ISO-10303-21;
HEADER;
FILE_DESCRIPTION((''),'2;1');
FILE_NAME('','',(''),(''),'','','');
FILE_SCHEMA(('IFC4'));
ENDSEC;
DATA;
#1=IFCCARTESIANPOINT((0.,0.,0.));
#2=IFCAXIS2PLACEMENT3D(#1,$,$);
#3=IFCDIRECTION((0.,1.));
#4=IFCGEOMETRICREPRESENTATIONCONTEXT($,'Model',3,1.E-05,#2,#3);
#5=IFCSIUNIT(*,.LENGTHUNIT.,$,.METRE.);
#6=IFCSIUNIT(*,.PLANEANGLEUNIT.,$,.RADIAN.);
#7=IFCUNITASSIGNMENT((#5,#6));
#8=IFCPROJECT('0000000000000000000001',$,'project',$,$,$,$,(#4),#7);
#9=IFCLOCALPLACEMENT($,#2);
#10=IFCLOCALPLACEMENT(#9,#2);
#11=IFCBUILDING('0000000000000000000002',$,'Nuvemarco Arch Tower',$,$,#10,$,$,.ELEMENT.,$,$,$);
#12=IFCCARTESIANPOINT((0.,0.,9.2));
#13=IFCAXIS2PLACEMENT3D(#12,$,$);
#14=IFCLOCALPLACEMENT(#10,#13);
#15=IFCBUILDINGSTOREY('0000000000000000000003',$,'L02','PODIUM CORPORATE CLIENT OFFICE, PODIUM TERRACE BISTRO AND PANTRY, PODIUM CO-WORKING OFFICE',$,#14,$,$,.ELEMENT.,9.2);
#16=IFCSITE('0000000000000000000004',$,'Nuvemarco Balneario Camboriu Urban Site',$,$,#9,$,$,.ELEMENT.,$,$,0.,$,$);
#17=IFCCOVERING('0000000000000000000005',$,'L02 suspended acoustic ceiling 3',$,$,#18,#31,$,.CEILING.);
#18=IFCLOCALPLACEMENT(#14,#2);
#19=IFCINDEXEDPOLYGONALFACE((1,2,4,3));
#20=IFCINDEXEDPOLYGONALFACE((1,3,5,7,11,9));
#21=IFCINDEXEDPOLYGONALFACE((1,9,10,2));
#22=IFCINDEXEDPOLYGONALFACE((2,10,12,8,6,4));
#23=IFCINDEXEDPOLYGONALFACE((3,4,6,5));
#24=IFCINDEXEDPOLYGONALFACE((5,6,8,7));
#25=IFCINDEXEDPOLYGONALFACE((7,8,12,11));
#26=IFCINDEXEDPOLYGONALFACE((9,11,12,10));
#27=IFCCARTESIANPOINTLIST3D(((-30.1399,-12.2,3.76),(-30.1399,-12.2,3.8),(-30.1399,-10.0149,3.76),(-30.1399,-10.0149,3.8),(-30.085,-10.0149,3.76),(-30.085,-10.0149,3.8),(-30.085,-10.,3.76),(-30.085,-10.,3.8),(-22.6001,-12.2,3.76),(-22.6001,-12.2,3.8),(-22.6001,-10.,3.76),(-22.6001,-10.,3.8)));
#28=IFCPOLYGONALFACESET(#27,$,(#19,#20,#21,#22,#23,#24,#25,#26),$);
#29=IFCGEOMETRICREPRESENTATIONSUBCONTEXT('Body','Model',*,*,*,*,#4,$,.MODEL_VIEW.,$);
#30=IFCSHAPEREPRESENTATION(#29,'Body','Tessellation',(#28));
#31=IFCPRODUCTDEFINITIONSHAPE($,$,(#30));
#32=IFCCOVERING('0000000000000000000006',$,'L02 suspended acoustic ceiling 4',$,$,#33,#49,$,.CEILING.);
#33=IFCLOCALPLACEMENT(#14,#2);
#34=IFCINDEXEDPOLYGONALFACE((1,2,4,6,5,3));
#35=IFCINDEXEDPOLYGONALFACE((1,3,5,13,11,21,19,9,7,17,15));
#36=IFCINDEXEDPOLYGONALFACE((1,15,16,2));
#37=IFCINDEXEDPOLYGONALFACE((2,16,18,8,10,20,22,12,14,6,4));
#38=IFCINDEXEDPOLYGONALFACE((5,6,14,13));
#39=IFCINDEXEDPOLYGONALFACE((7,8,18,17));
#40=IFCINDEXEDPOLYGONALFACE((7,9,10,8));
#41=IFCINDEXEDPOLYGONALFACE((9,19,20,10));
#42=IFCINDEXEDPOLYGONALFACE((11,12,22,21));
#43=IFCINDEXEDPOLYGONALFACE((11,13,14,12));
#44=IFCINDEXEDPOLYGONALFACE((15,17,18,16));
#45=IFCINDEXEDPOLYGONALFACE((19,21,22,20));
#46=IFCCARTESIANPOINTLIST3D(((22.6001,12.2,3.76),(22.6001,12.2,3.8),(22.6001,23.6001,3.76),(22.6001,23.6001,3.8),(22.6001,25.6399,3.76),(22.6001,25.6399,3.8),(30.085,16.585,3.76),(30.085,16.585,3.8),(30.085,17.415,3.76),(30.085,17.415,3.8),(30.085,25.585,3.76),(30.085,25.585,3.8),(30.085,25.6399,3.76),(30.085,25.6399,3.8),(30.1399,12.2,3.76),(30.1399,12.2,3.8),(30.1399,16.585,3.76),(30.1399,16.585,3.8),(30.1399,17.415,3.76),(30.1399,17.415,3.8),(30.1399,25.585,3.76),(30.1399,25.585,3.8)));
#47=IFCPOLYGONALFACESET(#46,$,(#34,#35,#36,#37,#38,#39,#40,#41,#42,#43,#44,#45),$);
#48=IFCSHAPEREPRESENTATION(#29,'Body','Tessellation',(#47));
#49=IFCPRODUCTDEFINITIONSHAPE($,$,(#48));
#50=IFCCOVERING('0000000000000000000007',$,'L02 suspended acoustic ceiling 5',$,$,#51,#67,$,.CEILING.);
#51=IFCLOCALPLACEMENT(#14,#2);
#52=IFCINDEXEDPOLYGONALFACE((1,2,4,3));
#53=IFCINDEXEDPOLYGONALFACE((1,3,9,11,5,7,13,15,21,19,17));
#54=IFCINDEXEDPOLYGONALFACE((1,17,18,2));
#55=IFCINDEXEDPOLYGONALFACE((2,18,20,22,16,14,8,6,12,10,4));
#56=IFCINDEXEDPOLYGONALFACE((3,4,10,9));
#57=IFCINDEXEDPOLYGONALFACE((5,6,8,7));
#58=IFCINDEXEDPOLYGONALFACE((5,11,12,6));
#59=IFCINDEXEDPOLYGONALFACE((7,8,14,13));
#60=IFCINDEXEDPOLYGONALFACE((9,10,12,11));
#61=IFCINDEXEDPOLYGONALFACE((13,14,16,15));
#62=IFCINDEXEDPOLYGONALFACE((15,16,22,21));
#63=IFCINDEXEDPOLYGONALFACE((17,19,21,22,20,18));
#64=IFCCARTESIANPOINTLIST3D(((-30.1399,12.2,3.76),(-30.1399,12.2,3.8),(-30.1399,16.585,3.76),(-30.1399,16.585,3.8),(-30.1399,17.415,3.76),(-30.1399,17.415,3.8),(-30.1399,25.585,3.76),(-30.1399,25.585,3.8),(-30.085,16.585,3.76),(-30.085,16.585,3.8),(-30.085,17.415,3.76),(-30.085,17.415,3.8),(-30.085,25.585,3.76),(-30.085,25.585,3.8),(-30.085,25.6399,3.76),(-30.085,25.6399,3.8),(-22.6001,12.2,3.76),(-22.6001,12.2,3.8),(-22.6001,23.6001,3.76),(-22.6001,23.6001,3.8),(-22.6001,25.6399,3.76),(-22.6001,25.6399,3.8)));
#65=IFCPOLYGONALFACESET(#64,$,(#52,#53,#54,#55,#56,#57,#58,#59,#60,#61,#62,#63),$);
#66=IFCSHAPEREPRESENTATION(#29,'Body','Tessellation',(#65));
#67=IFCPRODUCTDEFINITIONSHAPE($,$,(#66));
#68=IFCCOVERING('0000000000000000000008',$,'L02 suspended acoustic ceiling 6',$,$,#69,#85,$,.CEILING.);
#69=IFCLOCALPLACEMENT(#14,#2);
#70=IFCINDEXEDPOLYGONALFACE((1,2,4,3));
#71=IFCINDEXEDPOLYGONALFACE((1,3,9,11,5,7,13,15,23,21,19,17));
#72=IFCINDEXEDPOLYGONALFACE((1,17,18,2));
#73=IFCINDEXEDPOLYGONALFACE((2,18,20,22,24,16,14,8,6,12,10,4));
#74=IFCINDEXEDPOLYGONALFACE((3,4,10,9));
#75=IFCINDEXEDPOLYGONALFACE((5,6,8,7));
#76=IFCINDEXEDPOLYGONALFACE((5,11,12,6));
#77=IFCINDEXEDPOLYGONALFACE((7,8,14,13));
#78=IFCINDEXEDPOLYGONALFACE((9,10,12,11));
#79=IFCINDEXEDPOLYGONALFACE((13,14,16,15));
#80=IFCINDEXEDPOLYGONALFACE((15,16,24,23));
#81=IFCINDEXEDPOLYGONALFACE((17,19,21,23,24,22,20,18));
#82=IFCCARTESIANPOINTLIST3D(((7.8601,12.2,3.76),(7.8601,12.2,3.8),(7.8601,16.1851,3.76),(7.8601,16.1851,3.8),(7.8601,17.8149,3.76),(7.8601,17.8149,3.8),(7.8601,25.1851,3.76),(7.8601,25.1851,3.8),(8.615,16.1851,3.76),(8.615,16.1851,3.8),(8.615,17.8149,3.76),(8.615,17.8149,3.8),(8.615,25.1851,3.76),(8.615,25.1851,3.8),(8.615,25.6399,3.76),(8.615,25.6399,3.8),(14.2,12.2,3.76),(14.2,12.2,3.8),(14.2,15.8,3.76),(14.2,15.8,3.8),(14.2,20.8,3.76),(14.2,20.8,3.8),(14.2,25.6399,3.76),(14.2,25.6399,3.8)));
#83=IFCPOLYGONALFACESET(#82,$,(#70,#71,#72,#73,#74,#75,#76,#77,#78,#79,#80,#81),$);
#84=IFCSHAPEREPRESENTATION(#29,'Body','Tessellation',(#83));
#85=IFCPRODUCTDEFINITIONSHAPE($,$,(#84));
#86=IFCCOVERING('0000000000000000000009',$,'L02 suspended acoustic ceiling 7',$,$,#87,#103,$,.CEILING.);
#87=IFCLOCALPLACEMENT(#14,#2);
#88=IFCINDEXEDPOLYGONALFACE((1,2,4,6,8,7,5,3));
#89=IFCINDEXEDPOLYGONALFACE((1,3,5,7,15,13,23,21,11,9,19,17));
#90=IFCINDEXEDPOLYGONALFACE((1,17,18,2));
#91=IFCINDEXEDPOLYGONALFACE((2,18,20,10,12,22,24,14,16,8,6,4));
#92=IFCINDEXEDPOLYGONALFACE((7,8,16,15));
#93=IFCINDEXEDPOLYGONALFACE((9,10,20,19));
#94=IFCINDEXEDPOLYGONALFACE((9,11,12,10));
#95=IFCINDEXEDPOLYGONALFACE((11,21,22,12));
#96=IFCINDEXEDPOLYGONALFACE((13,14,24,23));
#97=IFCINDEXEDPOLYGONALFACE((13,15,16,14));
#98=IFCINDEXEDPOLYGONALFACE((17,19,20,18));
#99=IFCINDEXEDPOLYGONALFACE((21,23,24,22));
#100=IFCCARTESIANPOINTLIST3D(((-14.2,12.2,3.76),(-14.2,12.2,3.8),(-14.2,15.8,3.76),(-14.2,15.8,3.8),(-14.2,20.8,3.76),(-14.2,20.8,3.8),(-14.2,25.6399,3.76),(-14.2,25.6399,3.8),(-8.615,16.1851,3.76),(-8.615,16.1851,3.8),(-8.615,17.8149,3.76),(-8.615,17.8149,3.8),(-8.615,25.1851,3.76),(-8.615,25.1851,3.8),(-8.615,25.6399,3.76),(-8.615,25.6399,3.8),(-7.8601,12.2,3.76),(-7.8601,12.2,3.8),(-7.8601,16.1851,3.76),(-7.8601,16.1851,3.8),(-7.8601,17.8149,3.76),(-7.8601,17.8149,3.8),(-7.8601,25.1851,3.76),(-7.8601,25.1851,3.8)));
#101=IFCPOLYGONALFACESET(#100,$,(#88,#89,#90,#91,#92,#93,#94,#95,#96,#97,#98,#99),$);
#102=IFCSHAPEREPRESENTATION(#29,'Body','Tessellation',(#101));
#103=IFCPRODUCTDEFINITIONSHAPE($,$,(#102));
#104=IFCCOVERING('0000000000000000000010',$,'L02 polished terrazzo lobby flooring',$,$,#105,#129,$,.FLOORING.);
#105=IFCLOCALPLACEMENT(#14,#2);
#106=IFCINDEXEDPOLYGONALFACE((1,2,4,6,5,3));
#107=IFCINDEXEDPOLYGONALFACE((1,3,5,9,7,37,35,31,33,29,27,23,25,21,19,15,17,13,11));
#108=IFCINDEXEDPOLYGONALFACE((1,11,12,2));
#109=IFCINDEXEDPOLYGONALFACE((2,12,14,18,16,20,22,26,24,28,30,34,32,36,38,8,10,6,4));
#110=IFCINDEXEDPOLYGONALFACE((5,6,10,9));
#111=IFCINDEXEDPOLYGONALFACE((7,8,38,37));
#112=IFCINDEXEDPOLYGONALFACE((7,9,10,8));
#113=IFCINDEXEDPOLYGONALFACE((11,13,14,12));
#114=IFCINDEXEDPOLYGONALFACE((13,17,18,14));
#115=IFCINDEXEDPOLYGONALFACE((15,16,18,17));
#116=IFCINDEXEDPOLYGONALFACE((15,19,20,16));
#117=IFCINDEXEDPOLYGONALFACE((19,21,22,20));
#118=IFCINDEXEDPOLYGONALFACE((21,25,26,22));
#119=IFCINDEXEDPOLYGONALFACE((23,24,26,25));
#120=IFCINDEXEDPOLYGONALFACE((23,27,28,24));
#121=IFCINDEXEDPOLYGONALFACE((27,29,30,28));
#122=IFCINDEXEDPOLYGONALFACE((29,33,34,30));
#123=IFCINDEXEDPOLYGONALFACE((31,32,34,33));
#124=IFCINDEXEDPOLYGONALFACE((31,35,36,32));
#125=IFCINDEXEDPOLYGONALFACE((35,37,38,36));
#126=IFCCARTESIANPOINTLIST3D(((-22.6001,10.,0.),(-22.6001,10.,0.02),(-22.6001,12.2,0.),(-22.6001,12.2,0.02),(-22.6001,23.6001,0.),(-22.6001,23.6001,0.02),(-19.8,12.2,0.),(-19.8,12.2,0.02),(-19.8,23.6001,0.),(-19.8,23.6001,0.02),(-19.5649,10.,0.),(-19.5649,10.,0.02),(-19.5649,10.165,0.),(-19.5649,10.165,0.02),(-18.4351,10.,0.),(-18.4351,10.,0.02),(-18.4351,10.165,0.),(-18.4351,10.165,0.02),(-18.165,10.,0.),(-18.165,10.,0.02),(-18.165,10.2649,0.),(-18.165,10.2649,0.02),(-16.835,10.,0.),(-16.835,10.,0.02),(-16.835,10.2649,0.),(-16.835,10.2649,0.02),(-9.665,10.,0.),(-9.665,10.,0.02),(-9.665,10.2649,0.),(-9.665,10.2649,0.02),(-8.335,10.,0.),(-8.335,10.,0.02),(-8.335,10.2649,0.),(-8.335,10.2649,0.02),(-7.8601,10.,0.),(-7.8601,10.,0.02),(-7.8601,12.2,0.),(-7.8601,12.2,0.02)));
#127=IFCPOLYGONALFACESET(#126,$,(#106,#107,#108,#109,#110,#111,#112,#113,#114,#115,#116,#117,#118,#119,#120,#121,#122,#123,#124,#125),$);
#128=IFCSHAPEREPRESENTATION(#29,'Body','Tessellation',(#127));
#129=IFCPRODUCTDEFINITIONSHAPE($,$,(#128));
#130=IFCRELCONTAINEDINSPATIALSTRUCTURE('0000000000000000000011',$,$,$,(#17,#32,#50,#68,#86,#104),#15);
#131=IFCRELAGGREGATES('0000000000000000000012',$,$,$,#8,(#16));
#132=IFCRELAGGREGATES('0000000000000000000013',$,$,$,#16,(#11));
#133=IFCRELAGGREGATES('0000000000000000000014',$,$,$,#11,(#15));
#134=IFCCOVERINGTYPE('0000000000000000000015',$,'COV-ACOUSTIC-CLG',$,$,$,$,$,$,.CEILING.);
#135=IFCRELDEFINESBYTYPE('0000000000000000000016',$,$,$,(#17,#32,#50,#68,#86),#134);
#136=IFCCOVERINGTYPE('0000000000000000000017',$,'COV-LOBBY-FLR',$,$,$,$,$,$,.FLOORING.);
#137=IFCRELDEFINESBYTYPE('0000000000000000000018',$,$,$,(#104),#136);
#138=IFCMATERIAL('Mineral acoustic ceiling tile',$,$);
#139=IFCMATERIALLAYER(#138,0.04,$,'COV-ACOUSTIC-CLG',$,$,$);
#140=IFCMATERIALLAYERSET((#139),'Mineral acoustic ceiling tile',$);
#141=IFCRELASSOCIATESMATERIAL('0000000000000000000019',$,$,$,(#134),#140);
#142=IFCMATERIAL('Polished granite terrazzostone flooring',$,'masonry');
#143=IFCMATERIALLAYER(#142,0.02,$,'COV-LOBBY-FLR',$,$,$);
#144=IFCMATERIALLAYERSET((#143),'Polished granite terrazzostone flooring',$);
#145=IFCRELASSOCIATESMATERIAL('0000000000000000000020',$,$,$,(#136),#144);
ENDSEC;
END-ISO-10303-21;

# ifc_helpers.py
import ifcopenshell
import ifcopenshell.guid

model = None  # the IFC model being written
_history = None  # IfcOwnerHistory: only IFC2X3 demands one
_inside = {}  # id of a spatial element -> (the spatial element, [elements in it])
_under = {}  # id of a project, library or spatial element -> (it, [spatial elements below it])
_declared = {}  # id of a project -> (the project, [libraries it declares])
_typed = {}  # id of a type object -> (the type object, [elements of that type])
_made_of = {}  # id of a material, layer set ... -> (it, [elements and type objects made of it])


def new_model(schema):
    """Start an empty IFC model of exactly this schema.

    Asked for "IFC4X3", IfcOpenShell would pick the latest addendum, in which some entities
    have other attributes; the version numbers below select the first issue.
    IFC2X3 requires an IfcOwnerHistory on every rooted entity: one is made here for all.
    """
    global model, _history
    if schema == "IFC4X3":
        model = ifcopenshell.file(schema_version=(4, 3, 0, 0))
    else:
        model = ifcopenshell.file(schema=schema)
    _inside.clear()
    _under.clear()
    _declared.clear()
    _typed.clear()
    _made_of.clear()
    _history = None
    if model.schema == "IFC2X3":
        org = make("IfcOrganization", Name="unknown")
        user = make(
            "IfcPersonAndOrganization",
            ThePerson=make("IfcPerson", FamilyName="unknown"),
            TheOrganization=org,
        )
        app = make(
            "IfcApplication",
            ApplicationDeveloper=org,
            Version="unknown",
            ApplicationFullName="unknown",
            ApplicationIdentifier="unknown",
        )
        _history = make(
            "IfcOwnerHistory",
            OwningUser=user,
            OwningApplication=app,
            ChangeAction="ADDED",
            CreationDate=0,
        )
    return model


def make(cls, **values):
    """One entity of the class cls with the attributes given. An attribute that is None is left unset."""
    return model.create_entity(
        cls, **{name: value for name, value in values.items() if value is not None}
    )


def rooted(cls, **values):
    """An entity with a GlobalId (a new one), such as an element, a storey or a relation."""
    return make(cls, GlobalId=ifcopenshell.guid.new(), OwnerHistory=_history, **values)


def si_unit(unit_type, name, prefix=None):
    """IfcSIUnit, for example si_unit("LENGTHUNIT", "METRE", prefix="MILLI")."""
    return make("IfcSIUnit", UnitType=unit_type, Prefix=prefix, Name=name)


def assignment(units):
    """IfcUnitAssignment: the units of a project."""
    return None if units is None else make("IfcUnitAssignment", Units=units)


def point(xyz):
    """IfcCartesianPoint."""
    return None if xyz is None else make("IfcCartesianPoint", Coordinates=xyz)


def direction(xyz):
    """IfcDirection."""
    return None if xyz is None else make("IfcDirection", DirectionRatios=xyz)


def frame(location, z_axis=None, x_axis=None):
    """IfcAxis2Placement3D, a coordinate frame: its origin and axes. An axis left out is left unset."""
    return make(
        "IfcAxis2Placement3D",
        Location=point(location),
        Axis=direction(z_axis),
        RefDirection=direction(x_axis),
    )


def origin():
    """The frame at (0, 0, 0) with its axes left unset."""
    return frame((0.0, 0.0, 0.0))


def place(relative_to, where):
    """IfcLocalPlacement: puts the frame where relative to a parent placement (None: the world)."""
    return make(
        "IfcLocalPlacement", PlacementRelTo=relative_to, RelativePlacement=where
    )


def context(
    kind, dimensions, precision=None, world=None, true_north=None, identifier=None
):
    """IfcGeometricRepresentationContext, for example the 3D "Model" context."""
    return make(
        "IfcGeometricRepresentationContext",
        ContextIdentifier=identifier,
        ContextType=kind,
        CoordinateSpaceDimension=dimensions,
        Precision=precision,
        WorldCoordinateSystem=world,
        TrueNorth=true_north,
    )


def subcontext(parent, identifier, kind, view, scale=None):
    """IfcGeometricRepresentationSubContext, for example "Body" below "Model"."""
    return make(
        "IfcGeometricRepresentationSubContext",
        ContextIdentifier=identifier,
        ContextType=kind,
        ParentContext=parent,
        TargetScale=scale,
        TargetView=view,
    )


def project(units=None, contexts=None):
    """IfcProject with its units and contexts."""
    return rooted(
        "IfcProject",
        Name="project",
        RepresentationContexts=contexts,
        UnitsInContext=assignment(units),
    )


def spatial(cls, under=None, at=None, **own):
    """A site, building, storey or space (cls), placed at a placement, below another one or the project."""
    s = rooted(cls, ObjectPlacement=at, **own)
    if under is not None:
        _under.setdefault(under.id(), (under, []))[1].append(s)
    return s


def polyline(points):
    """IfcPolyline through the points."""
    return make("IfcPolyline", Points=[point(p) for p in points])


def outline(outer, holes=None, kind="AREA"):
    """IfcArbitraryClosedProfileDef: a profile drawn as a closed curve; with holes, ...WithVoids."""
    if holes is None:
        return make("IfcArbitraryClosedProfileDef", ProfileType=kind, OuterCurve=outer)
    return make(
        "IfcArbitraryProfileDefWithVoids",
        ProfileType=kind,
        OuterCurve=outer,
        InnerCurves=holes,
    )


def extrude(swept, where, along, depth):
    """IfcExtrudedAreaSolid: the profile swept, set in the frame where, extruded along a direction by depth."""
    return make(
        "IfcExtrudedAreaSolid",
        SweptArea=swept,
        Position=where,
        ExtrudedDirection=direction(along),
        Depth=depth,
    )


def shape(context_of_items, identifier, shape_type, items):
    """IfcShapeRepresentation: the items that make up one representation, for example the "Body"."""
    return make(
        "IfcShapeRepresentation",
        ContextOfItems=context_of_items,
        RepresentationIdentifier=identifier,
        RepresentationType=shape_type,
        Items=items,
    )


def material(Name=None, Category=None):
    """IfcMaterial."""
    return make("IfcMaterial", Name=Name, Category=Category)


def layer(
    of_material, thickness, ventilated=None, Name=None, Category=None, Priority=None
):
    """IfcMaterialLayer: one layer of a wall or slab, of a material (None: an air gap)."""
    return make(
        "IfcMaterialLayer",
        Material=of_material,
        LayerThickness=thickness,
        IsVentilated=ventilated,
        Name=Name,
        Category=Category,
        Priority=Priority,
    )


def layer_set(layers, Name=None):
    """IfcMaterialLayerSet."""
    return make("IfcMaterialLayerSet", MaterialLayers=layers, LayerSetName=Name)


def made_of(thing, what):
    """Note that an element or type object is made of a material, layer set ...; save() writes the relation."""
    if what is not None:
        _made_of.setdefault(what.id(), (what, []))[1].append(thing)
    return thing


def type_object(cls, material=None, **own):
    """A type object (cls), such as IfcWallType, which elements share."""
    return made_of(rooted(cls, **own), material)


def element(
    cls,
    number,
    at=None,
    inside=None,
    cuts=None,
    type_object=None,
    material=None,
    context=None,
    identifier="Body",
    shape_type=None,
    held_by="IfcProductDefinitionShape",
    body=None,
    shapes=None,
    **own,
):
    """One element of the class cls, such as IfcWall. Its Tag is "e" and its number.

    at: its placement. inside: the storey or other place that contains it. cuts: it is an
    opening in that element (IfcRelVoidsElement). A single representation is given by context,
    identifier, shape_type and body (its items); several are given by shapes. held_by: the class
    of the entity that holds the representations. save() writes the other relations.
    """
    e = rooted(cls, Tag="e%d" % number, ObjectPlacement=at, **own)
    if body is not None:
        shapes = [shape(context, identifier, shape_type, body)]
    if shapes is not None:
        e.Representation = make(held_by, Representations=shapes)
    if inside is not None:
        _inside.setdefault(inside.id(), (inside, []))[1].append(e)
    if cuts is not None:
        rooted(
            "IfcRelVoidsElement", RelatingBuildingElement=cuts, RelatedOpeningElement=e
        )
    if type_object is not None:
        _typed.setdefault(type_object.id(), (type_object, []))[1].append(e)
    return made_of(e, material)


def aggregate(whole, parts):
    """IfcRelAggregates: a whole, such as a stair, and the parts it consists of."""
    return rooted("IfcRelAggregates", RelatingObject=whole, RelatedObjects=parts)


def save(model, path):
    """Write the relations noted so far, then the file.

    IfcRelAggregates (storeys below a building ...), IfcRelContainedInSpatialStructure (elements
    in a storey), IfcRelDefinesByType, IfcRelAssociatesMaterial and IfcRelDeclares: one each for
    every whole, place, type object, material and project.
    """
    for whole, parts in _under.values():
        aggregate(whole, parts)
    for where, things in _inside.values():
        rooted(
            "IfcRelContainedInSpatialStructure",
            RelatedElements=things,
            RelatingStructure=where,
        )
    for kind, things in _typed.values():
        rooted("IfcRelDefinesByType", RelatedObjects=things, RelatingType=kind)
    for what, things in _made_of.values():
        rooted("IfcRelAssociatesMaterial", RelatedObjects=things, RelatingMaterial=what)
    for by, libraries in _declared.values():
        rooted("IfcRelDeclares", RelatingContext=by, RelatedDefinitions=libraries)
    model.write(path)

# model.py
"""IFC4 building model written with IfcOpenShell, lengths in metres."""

from ifc_helpers import new_model, si_unit, direction, frame, origin, place, context, subcontext, project, spatial, polyline, outline, extrude, material, layer, layer_set, type_object, element, save


model = new_model("IFC4")

# Units and contexts
model_context = context("Model", 3, precision=1e-05, world=origin(), true_north=direction((0.0, 1.0)))
body_context = subcontext(model_context, "Body", "Model", "MODEL_VIEW")
ifc_project = project(units=[si_unit("LENGTHUNIT", "METRE"), si_unit("PLANEANGLEUNIT", "RADIAN")], contexts=[model_context])

# Site, building, storey
site_placement = place(None, origin())
site = spatial("IfcSite", under=ifc_project, at=site_placement, Name="Nuvemarco Balneario Camboriu Urban Site", CompositionType="ELEMENT", RefElevation=0.0)
building_placement = place(site_placement, origin())
building = spatial("IfcBuilding", under=site, at=building_placement, Name="Nuvemarco Arch Tower", CompositionType="ELEMENT")
storey_placement = place(building_placement, frame((0.0, 0.0, 9.2)))
storey = spatial("IfcBuildingStorey", under=building, at=storey_placement, Name="L02", Description="PODIUM CORPORATE CLIENT OFFICE, PODIUM TERRACE BISTRO AND PANTRY, PODIUM CO-WORKING OFFICE", CompositionType="ELEMENT", Elevation=9.2)

# Coverings
ifc_material_1 = material(Name="Mineral acoustic ceiling tile")
ifc_layer_1 = layer(ifc_material_1, 0.04, Name="COV-ACOUSTIC-CLG")
ifc_layer_set_1 = layer_set([ifc_layer_1], Name="Mineral acoustic ceiling tile")
covering_type_1 = type_object("IfcCoveringType", Name="COV-ACOUSTIC-CLG", PredefinedType="CEILING", material=ifc_layer_set_1)
covering_1_placement = place(storey_placement, frame((0.0, 0.0, 3.76)))
element("IfcCovering", 1, at=covering_1_placement, inside=storey, type_object=covering_type_1, Name="L02 suspended acoustic ceiling 3", PredefinedType="CEILING", context=body_context, shape_type="SweptSolid", body=[
    extrude(outline(polyline([(-30.1399, -10.0149), (-30.085, -10.0149), (-30.085, -10.0), (-22.6001, -10.0), (-22.6001, -12.2), (-30.1399, -12.2), (-30.1399, -10.0149)])), origin(), (0.0, 0.0, 1.0), 0.04),
])
covering_2_placement = place(storey_placement, frame((0.0, 0.0, 3.76)))
element("IfcCovering", 2, at=covering_2_placement, inside=storey, type_object=covering_type_1, Name="L02 suspended acoustic ceiling 4", PredefinedType="CEILING", context=body_context, shape_type="SweptSolid", body=[
    extrude(outline(polyline([(30.085, 17.415), (30.085, 16.585), (30.1399, 16.585), (30.1399, 12.2), (22.6001, 12.2), (22.6001, 23.6001), (22.6001, 25.6399), (30.085, 25.6399), (30.085, 25.585), (30.1399, 25.585), (30.1399, 17.415), (30.085, 17.415)])), origin(), (0.0, 0.0, 1.0), 0.04),
])
covering_3_placement = place(storey_placement, frame((0.0, 0.0, 3.76)))
element("IfcCovering", 3, at=covering_3_placement, inside=storey, type_object=covering_type_1, Name="L02 suspended acoustic ceiling 5", PredefinedType="CEILING", context=body_context, shape_type="SweptSolid", body=[
    extrude(outline(polyline([(-30.085, 25.585), (-30.085, 25.6399), (-22.6001, 25.6399), (-22.6001, 23.6001), (-22.6001, 12.2), (-30.1399, 12.2), (-30.1399, 16.585), (-30.085, 16.585), (-30.085, 17.415), (-30.1399, 17.415), (-30.1399, 25.585), (-30.085, 25.585)])), origin(), (0.0, 0.0, 1.0), 0.04),
])
covering_4_placement = place(storey_placement, frame((0.0, 0.0, 3.76)))
element("IfcCovering", 4, at=covering_4_placement, inside=storey, type_object=covering_type_1, Name="L02 suspended acoustic ceiling 6", PredefinedType="CEILING", context=body_context, shape_type="SweptSolid", body=[
    extrude(outline(polyline([(8.615, 25.1851), (8.615, 25.6399), (14.2, 25.6399), (14.2, 20.8), (14.2, 15.8), (14.2, 12.2), (7.8601, 12.2), (7.8601, 16.1851), (8.615, 16.1851), (8.615, 17.8149), (7.8601, 17.8149), (7.8601, 25.1851), (8.615, 25.1851)])), origin(), (0.0, 0.0, 1.0), 0.04),
])
covering_5_placement = place(storey_placement, frame((0.0, 0.0, 3.76)))
element("IfcCovering", 5, at=covering_5_placement, inside=storey, type_object=covering_type_1, Name="L02 suspended acoustic ceiling 7", PredefinedType="CEILING", context=body_context, shape_type="SweptSolid", body=[
    extrude(outline(polyline([(-8.615, 25.1851), (-7.8601, 25.1851), (-7.8601, 17.8149), (-8.615, 17.8149), (-8.615, 16.1851), (-7.8601, 16.1851), (-7.8601, 12.2), (-14.2, 12.2), (-14.2, 15.8), (-14.2, 20.8), (-14.2, 25.6399), (-8.615, 25.6399), (-8.615, 25.1851)])), origin(), (0.0, 0.0, 1.0), 0.04),
])
ifc_material_2 = material(Name="Polished granite terrazzostone flooring", Category="masonry")
ifc_layer_2 = layer(ifc_material_2, 0.02, Name="COV-LOBBY-FLR")
ifc_layer_set_2 = layer_set([ifc_layer_2], Name="Polished granite terrazzostone flooring")
covering_type_2 = type_object("IfcCoveringType", Name="COV-LOBBY-FLR", PredefinedType="FLOORING", material=ifc_layer_set_2)
covering_6_placement = place(storey_placement, origin())
element("IfcCovering", 6, at=covering_6_placement, inside=storey, type_object=covering_type_2, Name="L02 polished terrazzo lobby flooring", PredefinedType="FLOORING", context=body_context, shape_type="SweptSolid", body=[
    extrude(outline(polyline([(-22.6001, 23.6001), (-19.8, 23.6001), (-19.8, 12.2), (-7.8601, 12.2), (-7.8601, 10.0), (-8.335, 10.0), (-8.335, 10.2649), (-9.665, 10.2649), (-9.665, 10.0), (-16.835, 10.0), (-16.835, 10.2649), (-18.165, 10.2649), (-18.165, 10.0), (-18.4351, 10.0), (-18.4351, 10.165), (-19.5649, 10.165), (-19.5649, 10.0), (-22.6001, 10.0), (-22.6001, 12.2), (-22.6001, 23.6001)])), origin(), (0.0, 0.0, 1.0), 0.02),
])

save(model, "model.ifc")
